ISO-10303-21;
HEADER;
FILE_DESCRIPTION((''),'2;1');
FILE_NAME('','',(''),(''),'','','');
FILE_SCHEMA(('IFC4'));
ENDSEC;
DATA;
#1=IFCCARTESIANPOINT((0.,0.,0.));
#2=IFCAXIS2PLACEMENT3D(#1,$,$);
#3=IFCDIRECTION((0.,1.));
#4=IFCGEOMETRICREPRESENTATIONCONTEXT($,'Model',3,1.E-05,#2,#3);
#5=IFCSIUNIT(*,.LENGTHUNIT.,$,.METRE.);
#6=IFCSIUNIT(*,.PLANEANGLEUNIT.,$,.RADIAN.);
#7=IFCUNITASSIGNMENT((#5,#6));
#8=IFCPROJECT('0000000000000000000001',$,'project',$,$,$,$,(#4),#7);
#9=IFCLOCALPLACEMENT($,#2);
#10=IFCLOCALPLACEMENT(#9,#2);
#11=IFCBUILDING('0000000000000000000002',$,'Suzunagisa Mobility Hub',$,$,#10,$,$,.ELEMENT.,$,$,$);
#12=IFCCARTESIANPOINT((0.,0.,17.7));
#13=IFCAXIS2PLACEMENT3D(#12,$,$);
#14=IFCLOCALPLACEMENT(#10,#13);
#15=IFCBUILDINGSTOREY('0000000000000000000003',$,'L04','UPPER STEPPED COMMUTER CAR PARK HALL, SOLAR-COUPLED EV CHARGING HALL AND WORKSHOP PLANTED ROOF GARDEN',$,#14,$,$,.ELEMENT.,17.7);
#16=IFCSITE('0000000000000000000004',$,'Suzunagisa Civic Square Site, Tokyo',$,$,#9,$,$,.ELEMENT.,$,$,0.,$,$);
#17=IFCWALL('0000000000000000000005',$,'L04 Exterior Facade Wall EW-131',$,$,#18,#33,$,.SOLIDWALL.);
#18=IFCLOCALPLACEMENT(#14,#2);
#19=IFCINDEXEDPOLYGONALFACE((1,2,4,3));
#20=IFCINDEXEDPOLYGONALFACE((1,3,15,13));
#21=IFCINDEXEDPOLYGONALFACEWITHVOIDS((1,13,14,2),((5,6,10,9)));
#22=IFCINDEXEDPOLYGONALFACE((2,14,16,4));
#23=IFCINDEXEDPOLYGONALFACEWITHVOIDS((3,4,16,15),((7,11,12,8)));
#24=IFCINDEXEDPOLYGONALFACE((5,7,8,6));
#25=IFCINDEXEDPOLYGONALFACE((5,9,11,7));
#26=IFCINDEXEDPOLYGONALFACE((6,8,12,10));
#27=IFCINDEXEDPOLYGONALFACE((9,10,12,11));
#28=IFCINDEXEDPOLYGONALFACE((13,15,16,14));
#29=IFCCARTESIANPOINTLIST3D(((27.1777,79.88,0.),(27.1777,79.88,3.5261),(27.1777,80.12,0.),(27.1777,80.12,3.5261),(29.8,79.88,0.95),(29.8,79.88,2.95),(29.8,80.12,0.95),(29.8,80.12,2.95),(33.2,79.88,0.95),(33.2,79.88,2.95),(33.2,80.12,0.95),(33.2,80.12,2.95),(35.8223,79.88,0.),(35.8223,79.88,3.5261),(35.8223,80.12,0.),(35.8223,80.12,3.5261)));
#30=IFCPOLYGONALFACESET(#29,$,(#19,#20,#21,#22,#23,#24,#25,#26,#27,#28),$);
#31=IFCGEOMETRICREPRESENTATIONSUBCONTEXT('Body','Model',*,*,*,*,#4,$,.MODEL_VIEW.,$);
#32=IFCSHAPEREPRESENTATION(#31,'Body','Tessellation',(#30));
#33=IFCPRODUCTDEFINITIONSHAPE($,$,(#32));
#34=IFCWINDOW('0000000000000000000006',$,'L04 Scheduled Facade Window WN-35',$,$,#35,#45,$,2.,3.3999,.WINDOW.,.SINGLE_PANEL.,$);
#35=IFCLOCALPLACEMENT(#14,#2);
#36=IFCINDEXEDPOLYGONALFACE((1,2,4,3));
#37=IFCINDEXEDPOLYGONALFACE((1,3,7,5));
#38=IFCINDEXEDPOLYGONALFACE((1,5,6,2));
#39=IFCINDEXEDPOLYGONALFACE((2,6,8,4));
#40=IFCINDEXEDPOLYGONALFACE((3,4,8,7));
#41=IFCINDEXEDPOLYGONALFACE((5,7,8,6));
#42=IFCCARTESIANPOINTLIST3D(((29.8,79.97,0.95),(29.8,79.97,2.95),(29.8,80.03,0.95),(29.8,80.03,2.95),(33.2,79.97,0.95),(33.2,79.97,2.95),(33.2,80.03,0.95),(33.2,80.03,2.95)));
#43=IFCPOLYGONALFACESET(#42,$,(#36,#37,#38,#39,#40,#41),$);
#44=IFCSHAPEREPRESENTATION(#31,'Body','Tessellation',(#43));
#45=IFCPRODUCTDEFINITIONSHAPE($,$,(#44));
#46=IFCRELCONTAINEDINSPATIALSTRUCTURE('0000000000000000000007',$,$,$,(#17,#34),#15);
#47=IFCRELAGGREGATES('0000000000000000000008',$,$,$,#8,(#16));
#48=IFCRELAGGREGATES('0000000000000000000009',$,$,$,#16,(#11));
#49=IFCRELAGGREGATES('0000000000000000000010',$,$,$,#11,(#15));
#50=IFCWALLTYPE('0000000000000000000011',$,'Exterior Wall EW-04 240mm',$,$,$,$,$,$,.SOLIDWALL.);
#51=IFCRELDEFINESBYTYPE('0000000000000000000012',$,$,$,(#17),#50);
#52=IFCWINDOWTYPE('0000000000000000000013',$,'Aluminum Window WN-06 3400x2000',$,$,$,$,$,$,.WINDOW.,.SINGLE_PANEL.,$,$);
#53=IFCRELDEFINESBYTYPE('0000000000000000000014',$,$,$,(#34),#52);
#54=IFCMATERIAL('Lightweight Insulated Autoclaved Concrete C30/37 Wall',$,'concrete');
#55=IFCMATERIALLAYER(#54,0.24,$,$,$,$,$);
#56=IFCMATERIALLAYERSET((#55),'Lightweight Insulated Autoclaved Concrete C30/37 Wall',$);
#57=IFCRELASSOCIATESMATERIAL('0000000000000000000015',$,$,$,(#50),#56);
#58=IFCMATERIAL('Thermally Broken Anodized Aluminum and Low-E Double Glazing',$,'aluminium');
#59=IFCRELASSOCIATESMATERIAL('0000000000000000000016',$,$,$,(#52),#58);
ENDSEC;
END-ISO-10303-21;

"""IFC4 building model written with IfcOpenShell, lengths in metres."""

from ifc_helpers import new_model, si_unit, direction, frame, frame_2d, origin, place, context, subcontext, project, spatial, rectangle, extrude, material, layer, layer_set, type_object, element, fill, save


model = new_model("IFC4")

# Units and contexts
model_context = context("Model", 3, precision=1e-05, world=origin(), true_north=direction((0.0, 1.0)))
body_context = subcontext(model_context, "Body", "Model", "MODEL_VIEW")
ifc_project = project(units=[si_unit("LENGTHUNIT", "METRE"), si_unit("PLANEANGLEUNIT", "RADIAN")], contexts=[model_context])

# Site, building, storey
site_placement = place(None, origin())
site = spatial("IfcSite", under=ifc_project, at=site_placement, Name="Suzunagisa Civic Square Site, Tokyo", CompositionType="ELEMENT", RefElevation=0.0)
building_placement = place(site_placement, origin())
building = spatial("IfcBuilding", under=site, at=building_placement, Name="Suzunagisa Mobility Hub", CompositionType="ELEMENT")
storey_placement = place(building_placement, frame((0.0, 0.0, 17.7)))
storey = spatial("IfcBuildingStorey", under=building, at=storey_placement, Name="L04", Description="UPPER STEPPED COMMUTER CAR PARK HALL, SOLAR-COUPLED EV CHARGING HALL AND WORKSHOP PLANTED ROOF GARDEN", CompositionType="ELEMENT", Elevation=17.7)

# Wall, opening, window
ifc_material_1 = material(Name="Lightweight Insulated Autoclaved Concrete C30/37 Wall", Category="concrete")
ifc_layer_1 = layer(ifc_material_1, 0.24)
ifc_layer_set_1 = layer_set([ifc_layer_1], Name="Lightweight Insulated Autoclaved Concrete C30/37 Wall")
wall_type = type_object("IfcWallType", Name="Exterior Wall EW-04 240mm", PredefinedType="SOLIDWALL", material=ifc_layer_set_1)
wall_placement = place(storey_placement, frame((27.1777, 80.0, 0.0), z_axis=(0.0, 0.0, 1.0), x_axis=(1.0, 0.0, 0.0)))
wall = element("IfcWall", 1, at=wall_placement, inside=storey, type_object=wall_type, Name="L04 Exterior Facade Wall EW-131", PredefinedType="SOLIDWALL", context=body_context, shape_type="SweptSolid", body=[
    extrude(rectangle(XDim=8.6445, YDim=0.24, at=frame_2d((4.3223, 0.0))), origin(), (0.0, 0.0, 1.0), 3.5261),
])
opening_placement = place(wall_placement, frame((2.6223, 0.0, 0.95)))
opening = element("IfcOpeningElement", 2, at=opening_placement, cuts=wall, PredefinedType="OPENING", context=body_context, shape_type="SweptSolid", body=[
    extrude(rectangle(XDim=3.3999, YDim=2.0, at=frame_2d((1.7, 1.0))), frame((0.0, 0.1309, 0.0), z_axis=(0.0, -1.0, 0.0), x_axis=(1.0, 0.0, 0.0)), (0.0, 0.0, 1.0), 0.262),
])
ifc_material_2 = material(Name="Thermally Broken Anodized Aluminum and Low-E Double Glazing", Category="aluminium")
window_type = type_object("IfcWindowType", Name="Aluminum Window WN-06 3400x2000", PartitioningType="SINGLE_PANEL", PredefinedType="WINDOW", material=ifc_material_2)
window_placement = place(opening_placement, origin())
window = element("IfcWindow", 3, at=window_placement, inside=storey, type_object=window_type, Name="L04 Scheduled Facade Window WN-35", OverallHeight=2.0, OverallWidth=3.3999, PartitioningType="SINGLE_PANEL", PredefinedType="WINDOW", context=body_context, shape_type="SweptSolid", body=[
    extrude(rectangle(XDim=3.3999, YDim=2.0, at=frame_2d((1.7, 1.0))), frame((0.0, 0.03, 0.0), z_axis=(0.0, -1.0, 0.0), x_axis=(1.0, 0.0, 0.0)), (0.0, 0.0, 1.0), 0.0601),
])
fill(opening, window)

save(model, "model.ifc")
